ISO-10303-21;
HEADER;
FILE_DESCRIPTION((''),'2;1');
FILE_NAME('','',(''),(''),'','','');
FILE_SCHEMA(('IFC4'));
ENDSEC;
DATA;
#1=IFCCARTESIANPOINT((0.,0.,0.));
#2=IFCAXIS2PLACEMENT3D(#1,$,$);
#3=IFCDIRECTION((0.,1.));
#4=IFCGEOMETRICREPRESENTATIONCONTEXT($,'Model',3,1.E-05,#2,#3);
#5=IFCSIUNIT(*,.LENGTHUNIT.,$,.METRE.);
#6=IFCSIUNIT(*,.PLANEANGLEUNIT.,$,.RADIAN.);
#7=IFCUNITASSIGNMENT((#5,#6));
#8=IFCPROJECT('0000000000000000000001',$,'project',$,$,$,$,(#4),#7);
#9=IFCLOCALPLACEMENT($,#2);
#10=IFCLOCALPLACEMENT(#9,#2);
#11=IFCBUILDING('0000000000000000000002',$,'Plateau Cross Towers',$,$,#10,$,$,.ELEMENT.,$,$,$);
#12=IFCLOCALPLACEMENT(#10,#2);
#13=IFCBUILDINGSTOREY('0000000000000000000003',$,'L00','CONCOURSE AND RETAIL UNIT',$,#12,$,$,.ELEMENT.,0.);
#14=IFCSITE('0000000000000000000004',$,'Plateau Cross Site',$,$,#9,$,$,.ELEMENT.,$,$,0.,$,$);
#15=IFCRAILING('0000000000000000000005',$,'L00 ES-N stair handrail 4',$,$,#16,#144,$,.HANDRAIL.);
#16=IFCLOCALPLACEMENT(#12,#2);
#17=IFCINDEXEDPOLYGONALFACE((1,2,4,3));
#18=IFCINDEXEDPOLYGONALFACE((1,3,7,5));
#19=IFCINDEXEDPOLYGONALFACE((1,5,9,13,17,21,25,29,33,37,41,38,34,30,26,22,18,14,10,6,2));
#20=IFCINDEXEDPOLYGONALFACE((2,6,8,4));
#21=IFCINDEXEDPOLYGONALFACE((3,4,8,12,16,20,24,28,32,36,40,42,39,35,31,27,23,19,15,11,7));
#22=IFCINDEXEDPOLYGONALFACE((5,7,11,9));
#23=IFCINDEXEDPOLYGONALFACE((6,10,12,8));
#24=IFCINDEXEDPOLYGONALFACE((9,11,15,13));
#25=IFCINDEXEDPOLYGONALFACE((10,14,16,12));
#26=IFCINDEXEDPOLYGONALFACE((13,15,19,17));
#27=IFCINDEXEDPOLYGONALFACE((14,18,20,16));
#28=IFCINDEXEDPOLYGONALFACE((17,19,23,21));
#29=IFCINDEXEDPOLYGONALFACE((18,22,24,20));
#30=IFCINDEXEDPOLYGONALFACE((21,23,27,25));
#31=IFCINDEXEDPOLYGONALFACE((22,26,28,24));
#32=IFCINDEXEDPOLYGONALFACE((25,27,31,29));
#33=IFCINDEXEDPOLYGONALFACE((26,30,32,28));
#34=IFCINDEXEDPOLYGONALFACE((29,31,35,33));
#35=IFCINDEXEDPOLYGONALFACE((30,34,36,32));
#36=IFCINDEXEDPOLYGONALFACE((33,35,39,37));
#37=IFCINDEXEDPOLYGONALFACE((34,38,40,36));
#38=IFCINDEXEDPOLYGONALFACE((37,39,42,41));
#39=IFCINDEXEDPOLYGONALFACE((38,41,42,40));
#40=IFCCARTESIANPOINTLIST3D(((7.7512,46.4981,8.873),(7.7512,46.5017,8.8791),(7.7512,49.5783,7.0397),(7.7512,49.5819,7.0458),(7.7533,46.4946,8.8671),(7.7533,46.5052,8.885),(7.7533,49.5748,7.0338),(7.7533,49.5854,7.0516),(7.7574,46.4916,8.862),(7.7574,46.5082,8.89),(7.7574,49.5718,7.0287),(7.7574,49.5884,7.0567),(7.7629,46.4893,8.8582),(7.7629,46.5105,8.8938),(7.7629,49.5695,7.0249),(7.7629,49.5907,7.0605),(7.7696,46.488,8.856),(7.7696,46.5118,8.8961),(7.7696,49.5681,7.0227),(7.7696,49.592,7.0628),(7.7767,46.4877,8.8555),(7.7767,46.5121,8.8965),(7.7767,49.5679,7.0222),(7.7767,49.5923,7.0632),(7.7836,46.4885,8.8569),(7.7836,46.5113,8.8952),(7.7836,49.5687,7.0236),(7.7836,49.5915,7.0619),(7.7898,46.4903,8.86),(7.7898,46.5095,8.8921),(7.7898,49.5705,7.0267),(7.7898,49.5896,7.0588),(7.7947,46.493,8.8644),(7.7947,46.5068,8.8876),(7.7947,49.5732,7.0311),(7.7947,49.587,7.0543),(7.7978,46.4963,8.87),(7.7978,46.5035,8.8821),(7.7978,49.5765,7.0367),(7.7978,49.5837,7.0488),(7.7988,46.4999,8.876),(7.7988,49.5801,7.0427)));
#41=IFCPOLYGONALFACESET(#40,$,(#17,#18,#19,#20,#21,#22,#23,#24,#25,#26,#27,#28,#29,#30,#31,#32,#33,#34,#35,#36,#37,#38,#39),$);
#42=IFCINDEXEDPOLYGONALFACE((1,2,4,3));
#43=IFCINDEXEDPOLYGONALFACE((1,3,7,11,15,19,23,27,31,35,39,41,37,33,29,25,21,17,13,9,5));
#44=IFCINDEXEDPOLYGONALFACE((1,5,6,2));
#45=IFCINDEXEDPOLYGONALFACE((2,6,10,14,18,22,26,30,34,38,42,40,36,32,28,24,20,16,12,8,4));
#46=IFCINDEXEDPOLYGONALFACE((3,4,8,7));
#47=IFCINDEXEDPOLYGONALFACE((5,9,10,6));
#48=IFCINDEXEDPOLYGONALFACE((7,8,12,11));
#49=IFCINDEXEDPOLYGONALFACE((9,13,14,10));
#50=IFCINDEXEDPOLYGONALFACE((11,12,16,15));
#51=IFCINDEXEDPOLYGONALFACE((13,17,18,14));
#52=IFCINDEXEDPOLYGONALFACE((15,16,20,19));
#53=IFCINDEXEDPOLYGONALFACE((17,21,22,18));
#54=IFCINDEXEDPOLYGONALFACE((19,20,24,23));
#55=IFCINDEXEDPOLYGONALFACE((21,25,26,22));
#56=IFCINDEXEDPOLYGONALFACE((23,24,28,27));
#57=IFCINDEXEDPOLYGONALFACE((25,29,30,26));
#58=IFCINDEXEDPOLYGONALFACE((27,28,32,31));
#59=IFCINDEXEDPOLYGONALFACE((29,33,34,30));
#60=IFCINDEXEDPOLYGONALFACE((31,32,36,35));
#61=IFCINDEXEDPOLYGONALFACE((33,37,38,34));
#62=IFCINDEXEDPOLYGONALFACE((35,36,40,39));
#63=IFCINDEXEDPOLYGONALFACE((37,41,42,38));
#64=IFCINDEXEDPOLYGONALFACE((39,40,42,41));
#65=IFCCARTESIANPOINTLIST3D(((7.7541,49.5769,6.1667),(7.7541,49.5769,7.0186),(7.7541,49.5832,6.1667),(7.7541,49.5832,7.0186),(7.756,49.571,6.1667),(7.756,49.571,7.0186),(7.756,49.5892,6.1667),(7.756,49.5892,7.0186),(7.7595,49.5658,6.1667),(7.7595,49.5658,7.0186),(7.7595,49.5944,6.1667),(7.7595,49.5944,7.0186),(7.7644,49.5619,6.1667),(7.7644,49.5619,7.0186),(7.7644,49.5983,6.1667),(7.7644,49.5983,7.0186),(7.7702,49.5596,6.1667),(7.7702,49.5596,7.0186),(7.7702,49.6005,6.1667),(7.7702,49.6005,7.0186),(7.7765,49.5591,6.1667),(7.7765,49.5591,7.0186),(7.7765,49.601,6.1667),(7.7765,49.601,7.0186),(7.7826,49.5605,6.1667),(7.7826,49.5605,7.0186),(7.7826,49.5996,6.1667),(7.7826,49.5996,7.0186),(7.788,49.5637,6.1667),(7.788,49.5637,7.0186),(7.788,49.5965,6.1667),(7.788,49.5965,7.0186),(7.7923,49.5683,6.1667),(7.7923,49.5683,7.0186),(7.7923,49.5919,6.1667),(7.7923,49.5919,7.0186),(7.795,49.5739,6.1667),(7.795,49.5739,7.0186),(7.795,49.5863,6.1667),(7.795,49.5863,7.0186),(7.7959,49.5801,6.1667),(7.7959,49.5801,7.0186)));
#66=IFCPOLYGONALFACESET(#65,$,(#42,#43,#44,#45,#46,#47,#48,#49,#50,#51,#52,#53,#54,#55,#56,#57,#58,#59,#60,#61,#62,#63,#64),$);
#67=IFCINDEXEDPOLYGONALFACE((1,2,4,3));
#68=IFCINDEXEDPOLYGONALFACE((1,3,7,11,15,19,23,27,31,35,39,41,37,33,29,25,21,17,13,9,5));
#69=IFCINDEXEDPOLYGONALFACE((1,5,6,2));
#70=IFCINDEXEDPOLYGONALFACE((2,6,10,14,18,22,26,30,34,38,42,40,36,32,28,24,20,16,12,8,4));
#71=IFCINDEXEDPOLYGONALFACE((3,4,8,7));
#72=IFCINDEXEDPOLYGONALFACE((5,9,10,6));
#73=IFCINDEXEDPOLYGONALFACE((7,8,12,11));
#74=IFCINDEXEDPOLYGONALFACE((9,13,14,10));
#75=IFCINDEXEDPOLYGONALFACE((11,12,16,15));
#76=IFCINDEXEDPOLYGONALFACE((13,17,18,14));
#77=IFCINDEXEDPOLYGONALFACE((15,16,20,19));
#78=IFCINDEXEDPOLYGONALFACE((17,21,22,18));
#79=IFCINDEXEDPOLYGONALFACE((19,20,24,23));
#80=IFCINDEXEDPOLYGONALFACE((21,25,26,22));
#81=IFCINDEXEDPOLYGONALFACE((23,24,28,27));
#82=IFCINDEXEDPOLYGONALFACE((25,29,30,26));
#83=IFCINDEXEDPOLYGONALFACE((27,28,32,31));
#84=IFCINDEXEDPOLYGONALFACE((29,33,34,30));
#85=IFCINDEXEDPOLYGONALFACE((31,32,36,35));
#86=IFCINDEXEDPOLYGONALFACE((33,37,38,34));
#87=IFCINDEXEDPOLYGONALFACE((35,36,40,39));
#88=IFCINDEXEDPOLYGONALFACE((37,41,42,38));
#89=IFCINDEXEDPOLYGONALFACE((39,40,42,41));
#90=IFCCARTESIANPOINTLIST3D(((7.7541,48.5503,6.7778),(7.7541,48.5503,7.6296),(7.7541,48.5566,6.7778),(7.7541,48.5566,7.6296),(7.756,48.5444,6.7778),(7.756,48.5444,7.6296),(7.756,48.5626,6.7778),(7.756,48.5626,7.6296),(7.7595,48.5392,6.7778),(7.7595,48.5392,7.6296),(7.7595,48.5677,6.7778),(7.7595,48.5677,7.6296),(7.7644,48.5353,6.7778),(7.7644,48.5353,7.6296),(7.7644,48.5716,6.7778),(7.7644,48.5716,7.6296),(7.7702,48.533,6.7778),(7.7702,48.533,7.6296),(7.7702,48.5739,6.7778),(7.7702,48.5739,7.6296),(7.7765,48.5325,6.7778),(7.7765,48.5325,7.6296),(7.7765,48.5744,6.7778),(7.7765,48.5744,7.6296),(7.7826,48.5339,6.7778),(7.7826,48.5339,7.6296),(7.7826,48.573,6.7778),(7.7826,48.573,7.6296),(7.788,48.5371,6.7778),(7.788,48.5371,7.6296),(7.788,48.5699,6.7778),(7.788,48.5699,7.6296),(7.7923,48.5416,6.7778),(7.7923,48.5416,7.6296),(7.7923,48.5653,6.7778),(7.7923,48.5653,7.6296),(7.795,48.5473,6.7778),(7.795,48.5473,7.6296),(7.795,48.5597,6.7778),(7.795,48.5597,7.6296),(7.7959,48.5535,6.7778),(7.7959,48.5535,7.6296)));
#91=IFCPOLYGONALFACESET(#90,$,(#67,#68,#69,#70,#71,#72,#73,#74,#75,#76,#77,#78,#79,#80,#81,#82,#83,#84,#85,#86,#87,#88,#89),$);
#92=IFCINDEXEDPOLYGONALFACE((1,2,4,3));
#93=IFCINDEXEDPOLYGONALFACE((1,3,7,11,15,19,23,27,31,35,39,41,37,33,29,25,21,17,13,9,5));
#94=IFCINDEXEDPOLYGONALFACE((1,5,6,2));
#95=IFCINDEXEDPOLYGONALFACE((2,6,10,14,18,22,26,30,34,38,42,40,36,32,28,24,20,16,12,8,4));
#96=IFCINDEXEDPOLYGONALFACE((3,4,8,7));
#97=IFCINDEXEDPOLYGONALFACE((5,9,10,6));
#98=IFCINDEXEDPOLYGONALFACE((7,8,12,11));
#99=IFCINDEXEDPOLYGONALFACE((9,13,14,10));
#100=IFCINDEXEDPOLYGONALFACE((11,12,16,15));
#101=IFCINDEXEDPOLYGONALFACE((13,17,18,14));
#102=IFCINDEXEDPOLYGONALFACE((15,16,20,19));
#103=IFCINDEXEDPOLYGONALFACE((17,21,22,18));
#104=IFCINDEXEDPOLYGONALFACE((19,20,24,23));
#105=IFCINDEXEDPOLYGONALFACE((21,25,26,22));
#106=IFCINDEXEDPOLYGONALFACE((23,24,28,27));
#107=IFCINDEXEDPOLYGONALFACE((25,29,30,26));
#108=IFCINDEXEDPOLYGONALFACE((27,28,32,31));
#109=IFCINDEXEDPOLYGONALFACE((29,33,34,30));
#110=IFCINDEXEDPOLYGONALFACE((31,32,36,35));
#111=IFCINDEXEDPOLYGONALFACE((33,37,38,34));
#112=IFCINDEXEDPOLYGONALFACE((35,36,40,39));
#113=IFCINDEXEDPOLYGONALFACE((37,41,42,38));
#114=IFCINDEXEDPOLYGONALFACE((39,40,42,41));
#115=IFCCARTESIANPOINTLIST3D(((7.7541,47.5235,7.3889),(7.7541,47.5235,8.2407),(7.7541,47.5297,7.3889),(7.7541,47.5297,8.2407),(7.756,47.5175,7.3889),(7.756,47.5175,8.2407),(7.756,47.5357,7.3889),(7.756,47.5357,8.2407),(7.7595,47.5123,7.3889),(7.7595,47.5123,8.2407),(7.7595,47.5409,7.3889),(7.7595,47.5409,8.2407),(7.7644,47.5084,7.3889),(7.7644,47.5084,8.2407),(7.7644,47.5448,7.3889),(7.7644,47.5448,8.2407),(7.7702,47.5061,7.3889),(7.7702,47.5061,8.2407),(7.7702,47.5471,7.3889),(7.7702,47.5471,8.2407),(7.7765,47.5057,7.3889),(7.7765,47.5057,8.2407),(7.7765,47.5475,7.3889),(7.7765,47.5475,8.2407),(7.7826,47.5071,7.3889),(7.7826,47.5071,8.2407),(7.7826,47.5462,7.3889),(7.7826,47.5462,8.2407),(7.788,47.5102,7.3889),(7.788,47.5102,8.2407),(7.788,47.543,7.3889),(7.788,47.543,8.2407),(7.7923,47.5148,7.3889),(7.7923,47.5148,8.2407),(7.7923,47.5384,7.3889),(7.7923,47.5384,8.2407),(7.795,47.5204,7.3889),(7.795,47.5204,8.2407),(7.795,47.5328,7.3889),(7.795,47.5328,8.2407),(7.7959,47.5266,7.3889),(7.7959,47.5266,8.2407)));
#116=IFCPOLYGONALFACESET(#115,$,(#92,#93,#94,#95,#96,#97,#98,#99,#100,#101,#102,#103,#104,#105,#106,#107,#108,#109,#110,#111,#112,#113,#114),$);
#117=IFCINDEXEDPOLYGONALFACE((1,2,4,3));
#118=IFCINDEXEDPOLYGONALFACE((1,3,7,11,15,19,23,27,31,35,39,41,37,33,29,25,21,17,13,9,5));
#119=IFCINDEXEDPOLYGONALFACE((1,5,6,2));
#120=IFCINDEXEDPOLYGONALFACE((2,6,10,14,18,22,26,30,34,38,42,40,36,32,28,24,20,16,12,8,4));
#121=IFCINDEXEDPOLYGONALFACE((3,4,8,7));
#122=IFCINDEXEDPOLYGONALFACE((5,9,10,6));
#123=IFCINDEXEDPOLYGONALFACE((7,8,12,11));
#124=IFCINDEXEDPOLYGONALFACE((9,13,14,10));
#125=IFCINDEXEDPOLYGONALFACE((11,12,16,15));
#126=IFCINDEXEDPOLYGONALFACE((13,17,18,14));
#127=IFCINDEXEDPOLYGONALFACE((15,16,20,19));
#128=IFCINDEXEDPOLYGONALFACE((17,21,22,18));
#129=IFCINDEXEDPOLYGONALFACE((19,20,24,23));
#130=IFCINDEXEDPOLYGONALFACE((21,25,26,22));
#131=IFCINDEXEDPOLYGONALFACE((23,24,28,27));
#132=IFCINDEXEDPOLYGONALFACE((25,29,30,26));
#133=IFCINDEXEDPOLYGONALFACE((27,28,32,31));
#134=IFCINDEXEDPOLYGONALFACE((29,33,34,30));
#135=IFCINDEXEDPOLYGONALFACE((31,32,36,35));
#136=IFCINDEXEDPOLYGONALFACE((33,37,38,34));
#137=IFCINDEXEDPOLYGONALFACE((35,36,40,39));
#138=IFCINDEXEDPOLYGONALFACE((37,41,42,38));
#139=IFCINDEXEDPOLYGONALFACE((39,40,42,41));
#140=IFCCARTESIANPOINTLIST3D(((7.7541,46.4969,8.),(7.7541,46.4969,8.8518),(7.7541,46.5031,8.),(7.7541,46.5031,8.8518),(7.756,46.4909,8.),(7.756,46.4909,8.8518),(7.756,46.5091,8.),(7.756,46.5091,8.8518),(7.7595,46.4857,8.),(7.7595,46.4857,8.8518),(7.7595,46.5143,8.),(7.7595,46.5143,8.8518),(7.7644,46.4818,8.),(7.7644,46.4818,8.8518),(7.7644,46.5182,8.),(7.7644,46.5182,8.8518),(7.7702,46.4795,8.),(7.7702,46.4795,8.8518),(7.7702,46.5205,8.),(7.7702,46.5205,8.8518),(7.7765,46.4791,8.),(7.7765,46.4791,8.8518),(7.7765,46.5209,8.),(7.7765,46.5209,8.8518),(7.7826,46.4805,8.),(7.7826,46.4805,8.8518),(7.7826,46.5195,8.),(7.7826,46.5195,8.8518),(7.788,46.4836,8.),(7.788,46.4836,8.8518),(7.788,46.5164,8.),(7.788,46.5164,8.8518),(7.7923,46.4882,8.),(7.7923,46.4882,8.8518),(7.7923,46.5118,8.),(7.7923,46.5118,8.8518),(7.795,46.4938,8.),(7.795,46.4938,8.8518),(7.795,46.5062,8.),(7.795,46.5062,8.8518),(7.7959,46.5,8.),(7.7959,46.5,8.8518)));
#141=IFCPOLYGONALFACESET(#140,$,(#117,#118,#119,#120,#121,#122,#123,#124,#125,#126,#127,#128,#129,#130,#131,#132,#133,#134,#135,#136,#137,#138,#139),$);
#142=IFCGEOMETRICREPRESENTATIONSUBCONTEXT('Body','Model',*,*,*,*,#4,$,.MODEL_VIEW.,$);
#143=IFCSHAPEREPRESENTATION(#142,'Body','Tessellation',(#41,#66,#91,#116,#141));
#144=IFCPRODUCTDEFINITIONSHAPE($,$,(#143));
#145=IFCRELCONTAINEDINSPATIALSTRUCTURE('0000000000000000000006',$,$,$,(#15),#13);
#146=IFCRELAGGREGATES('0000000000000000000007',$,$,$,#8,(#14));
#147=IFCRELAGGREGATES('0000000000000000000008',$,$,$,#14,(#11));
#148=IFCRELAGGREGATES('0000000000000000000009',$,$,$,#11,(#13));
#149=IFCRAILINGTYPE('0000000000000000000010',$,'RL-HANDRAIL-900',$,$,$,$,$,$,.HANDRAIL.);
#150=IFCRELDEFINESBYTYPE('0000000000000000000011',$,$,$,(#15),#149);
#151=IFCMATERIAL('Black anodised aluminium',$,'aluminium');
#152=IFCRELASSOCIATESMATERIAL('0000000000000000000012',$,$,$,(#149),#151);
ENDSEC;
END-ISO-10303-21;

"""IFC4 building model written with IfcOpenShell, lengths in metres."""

from ifc_helpers import new_model, si_unit, direction, frame, origin, origin_2d, place, context, subcontext, project, spatial, circle, extrude, material, type_object, element, save


model = new_model("IFC4")

# Units and contexts
model_context = context("Model", 3, precision=1e-05, world=origin(), true_north=direction((0.0, 1.0)))
body_context = subcontext(model_context, "Body", "Model", "MODEL_VIEW")
ifc_project = project(units=[si_unit("LENGTHUNIT", "METRE"), si_unit("PLANEANGLEUNIT", "RADIAN")], contexts=[model_context])

# Site, building, storey
site_placement = place(None, origin())
site = spatial("IfcSite", under=ifc_project, at=site_placement, Name="Plateau Cross Site", CompositionType="ELEMENT", RefElevation=0.0)
building_placement = place(site_placement, origin())
building = spatial("IfcBuilding", under=site, at=building_placement, Name="Plateau Cross Towers", CompositionType="ELEMENT")
storey_placement = place(building_placement, origin())
storey = spatial("IfcBuildingStorey", under=building, at=storey_placement, Name="L00", Description="CONCOURSE AND RETAIL UNIT", CompositionType="ELEMENT", Elevation=0.0)

# Shared definitions
ifc_material_1 = material(Name="Black anodised aluminium", Category="aluminium")

# Railing
railing_type_1 = type_object("IfcRailingType", Name="RL-HANDRAIL-900", PredefinedType="HANDRAIL", material=ifc_material_1)
railing_1_placement = place(storey_placement, frame((7.7749, 49.5801, 6.1667)))
element("IfcRailing", 1, at=railing_1_placement, inside=storey, type_object=railing_type_1, Name="L00 ES-N stair handrail 4", PredefinedType="HANDRAIL", context=body_context, shape_type="SweptSolid", body=[
    extrude(circle(Radius=0.0239, at=origin_2d()), frame((0.0, 0.0, 0.876), z_axis=(0.0, -0.859309, 0.511458), x_axis=(1.0, 0.0, 0.0)), (0.0, 0.0, 1.0), 3.5845),
    extrude(circle(Radius=0.021, at=origin_2d()), origin(), (0.0, 0.0, 1.0), 0.8518),
    extrude(circle(Radius=0.021, at=origin_2d()), frame((0.0, -1.0266, 0.6111)), (0.0, 0.0, 1.0), 0.8518),
    extrude(circle(Radius=0.021, at=origin_2d()), frame((0.0, -2.0535, 1.2222)), (0.0, 0.0, 1.0), 0.8518),
    extrude(circle(Radius=0.021, at=origin_2d()), frame((0.0, -3.0801, 1.8333)), (0.0, 0.0, 1.0), 0.8518),
])

save(model, "model.ifc")
